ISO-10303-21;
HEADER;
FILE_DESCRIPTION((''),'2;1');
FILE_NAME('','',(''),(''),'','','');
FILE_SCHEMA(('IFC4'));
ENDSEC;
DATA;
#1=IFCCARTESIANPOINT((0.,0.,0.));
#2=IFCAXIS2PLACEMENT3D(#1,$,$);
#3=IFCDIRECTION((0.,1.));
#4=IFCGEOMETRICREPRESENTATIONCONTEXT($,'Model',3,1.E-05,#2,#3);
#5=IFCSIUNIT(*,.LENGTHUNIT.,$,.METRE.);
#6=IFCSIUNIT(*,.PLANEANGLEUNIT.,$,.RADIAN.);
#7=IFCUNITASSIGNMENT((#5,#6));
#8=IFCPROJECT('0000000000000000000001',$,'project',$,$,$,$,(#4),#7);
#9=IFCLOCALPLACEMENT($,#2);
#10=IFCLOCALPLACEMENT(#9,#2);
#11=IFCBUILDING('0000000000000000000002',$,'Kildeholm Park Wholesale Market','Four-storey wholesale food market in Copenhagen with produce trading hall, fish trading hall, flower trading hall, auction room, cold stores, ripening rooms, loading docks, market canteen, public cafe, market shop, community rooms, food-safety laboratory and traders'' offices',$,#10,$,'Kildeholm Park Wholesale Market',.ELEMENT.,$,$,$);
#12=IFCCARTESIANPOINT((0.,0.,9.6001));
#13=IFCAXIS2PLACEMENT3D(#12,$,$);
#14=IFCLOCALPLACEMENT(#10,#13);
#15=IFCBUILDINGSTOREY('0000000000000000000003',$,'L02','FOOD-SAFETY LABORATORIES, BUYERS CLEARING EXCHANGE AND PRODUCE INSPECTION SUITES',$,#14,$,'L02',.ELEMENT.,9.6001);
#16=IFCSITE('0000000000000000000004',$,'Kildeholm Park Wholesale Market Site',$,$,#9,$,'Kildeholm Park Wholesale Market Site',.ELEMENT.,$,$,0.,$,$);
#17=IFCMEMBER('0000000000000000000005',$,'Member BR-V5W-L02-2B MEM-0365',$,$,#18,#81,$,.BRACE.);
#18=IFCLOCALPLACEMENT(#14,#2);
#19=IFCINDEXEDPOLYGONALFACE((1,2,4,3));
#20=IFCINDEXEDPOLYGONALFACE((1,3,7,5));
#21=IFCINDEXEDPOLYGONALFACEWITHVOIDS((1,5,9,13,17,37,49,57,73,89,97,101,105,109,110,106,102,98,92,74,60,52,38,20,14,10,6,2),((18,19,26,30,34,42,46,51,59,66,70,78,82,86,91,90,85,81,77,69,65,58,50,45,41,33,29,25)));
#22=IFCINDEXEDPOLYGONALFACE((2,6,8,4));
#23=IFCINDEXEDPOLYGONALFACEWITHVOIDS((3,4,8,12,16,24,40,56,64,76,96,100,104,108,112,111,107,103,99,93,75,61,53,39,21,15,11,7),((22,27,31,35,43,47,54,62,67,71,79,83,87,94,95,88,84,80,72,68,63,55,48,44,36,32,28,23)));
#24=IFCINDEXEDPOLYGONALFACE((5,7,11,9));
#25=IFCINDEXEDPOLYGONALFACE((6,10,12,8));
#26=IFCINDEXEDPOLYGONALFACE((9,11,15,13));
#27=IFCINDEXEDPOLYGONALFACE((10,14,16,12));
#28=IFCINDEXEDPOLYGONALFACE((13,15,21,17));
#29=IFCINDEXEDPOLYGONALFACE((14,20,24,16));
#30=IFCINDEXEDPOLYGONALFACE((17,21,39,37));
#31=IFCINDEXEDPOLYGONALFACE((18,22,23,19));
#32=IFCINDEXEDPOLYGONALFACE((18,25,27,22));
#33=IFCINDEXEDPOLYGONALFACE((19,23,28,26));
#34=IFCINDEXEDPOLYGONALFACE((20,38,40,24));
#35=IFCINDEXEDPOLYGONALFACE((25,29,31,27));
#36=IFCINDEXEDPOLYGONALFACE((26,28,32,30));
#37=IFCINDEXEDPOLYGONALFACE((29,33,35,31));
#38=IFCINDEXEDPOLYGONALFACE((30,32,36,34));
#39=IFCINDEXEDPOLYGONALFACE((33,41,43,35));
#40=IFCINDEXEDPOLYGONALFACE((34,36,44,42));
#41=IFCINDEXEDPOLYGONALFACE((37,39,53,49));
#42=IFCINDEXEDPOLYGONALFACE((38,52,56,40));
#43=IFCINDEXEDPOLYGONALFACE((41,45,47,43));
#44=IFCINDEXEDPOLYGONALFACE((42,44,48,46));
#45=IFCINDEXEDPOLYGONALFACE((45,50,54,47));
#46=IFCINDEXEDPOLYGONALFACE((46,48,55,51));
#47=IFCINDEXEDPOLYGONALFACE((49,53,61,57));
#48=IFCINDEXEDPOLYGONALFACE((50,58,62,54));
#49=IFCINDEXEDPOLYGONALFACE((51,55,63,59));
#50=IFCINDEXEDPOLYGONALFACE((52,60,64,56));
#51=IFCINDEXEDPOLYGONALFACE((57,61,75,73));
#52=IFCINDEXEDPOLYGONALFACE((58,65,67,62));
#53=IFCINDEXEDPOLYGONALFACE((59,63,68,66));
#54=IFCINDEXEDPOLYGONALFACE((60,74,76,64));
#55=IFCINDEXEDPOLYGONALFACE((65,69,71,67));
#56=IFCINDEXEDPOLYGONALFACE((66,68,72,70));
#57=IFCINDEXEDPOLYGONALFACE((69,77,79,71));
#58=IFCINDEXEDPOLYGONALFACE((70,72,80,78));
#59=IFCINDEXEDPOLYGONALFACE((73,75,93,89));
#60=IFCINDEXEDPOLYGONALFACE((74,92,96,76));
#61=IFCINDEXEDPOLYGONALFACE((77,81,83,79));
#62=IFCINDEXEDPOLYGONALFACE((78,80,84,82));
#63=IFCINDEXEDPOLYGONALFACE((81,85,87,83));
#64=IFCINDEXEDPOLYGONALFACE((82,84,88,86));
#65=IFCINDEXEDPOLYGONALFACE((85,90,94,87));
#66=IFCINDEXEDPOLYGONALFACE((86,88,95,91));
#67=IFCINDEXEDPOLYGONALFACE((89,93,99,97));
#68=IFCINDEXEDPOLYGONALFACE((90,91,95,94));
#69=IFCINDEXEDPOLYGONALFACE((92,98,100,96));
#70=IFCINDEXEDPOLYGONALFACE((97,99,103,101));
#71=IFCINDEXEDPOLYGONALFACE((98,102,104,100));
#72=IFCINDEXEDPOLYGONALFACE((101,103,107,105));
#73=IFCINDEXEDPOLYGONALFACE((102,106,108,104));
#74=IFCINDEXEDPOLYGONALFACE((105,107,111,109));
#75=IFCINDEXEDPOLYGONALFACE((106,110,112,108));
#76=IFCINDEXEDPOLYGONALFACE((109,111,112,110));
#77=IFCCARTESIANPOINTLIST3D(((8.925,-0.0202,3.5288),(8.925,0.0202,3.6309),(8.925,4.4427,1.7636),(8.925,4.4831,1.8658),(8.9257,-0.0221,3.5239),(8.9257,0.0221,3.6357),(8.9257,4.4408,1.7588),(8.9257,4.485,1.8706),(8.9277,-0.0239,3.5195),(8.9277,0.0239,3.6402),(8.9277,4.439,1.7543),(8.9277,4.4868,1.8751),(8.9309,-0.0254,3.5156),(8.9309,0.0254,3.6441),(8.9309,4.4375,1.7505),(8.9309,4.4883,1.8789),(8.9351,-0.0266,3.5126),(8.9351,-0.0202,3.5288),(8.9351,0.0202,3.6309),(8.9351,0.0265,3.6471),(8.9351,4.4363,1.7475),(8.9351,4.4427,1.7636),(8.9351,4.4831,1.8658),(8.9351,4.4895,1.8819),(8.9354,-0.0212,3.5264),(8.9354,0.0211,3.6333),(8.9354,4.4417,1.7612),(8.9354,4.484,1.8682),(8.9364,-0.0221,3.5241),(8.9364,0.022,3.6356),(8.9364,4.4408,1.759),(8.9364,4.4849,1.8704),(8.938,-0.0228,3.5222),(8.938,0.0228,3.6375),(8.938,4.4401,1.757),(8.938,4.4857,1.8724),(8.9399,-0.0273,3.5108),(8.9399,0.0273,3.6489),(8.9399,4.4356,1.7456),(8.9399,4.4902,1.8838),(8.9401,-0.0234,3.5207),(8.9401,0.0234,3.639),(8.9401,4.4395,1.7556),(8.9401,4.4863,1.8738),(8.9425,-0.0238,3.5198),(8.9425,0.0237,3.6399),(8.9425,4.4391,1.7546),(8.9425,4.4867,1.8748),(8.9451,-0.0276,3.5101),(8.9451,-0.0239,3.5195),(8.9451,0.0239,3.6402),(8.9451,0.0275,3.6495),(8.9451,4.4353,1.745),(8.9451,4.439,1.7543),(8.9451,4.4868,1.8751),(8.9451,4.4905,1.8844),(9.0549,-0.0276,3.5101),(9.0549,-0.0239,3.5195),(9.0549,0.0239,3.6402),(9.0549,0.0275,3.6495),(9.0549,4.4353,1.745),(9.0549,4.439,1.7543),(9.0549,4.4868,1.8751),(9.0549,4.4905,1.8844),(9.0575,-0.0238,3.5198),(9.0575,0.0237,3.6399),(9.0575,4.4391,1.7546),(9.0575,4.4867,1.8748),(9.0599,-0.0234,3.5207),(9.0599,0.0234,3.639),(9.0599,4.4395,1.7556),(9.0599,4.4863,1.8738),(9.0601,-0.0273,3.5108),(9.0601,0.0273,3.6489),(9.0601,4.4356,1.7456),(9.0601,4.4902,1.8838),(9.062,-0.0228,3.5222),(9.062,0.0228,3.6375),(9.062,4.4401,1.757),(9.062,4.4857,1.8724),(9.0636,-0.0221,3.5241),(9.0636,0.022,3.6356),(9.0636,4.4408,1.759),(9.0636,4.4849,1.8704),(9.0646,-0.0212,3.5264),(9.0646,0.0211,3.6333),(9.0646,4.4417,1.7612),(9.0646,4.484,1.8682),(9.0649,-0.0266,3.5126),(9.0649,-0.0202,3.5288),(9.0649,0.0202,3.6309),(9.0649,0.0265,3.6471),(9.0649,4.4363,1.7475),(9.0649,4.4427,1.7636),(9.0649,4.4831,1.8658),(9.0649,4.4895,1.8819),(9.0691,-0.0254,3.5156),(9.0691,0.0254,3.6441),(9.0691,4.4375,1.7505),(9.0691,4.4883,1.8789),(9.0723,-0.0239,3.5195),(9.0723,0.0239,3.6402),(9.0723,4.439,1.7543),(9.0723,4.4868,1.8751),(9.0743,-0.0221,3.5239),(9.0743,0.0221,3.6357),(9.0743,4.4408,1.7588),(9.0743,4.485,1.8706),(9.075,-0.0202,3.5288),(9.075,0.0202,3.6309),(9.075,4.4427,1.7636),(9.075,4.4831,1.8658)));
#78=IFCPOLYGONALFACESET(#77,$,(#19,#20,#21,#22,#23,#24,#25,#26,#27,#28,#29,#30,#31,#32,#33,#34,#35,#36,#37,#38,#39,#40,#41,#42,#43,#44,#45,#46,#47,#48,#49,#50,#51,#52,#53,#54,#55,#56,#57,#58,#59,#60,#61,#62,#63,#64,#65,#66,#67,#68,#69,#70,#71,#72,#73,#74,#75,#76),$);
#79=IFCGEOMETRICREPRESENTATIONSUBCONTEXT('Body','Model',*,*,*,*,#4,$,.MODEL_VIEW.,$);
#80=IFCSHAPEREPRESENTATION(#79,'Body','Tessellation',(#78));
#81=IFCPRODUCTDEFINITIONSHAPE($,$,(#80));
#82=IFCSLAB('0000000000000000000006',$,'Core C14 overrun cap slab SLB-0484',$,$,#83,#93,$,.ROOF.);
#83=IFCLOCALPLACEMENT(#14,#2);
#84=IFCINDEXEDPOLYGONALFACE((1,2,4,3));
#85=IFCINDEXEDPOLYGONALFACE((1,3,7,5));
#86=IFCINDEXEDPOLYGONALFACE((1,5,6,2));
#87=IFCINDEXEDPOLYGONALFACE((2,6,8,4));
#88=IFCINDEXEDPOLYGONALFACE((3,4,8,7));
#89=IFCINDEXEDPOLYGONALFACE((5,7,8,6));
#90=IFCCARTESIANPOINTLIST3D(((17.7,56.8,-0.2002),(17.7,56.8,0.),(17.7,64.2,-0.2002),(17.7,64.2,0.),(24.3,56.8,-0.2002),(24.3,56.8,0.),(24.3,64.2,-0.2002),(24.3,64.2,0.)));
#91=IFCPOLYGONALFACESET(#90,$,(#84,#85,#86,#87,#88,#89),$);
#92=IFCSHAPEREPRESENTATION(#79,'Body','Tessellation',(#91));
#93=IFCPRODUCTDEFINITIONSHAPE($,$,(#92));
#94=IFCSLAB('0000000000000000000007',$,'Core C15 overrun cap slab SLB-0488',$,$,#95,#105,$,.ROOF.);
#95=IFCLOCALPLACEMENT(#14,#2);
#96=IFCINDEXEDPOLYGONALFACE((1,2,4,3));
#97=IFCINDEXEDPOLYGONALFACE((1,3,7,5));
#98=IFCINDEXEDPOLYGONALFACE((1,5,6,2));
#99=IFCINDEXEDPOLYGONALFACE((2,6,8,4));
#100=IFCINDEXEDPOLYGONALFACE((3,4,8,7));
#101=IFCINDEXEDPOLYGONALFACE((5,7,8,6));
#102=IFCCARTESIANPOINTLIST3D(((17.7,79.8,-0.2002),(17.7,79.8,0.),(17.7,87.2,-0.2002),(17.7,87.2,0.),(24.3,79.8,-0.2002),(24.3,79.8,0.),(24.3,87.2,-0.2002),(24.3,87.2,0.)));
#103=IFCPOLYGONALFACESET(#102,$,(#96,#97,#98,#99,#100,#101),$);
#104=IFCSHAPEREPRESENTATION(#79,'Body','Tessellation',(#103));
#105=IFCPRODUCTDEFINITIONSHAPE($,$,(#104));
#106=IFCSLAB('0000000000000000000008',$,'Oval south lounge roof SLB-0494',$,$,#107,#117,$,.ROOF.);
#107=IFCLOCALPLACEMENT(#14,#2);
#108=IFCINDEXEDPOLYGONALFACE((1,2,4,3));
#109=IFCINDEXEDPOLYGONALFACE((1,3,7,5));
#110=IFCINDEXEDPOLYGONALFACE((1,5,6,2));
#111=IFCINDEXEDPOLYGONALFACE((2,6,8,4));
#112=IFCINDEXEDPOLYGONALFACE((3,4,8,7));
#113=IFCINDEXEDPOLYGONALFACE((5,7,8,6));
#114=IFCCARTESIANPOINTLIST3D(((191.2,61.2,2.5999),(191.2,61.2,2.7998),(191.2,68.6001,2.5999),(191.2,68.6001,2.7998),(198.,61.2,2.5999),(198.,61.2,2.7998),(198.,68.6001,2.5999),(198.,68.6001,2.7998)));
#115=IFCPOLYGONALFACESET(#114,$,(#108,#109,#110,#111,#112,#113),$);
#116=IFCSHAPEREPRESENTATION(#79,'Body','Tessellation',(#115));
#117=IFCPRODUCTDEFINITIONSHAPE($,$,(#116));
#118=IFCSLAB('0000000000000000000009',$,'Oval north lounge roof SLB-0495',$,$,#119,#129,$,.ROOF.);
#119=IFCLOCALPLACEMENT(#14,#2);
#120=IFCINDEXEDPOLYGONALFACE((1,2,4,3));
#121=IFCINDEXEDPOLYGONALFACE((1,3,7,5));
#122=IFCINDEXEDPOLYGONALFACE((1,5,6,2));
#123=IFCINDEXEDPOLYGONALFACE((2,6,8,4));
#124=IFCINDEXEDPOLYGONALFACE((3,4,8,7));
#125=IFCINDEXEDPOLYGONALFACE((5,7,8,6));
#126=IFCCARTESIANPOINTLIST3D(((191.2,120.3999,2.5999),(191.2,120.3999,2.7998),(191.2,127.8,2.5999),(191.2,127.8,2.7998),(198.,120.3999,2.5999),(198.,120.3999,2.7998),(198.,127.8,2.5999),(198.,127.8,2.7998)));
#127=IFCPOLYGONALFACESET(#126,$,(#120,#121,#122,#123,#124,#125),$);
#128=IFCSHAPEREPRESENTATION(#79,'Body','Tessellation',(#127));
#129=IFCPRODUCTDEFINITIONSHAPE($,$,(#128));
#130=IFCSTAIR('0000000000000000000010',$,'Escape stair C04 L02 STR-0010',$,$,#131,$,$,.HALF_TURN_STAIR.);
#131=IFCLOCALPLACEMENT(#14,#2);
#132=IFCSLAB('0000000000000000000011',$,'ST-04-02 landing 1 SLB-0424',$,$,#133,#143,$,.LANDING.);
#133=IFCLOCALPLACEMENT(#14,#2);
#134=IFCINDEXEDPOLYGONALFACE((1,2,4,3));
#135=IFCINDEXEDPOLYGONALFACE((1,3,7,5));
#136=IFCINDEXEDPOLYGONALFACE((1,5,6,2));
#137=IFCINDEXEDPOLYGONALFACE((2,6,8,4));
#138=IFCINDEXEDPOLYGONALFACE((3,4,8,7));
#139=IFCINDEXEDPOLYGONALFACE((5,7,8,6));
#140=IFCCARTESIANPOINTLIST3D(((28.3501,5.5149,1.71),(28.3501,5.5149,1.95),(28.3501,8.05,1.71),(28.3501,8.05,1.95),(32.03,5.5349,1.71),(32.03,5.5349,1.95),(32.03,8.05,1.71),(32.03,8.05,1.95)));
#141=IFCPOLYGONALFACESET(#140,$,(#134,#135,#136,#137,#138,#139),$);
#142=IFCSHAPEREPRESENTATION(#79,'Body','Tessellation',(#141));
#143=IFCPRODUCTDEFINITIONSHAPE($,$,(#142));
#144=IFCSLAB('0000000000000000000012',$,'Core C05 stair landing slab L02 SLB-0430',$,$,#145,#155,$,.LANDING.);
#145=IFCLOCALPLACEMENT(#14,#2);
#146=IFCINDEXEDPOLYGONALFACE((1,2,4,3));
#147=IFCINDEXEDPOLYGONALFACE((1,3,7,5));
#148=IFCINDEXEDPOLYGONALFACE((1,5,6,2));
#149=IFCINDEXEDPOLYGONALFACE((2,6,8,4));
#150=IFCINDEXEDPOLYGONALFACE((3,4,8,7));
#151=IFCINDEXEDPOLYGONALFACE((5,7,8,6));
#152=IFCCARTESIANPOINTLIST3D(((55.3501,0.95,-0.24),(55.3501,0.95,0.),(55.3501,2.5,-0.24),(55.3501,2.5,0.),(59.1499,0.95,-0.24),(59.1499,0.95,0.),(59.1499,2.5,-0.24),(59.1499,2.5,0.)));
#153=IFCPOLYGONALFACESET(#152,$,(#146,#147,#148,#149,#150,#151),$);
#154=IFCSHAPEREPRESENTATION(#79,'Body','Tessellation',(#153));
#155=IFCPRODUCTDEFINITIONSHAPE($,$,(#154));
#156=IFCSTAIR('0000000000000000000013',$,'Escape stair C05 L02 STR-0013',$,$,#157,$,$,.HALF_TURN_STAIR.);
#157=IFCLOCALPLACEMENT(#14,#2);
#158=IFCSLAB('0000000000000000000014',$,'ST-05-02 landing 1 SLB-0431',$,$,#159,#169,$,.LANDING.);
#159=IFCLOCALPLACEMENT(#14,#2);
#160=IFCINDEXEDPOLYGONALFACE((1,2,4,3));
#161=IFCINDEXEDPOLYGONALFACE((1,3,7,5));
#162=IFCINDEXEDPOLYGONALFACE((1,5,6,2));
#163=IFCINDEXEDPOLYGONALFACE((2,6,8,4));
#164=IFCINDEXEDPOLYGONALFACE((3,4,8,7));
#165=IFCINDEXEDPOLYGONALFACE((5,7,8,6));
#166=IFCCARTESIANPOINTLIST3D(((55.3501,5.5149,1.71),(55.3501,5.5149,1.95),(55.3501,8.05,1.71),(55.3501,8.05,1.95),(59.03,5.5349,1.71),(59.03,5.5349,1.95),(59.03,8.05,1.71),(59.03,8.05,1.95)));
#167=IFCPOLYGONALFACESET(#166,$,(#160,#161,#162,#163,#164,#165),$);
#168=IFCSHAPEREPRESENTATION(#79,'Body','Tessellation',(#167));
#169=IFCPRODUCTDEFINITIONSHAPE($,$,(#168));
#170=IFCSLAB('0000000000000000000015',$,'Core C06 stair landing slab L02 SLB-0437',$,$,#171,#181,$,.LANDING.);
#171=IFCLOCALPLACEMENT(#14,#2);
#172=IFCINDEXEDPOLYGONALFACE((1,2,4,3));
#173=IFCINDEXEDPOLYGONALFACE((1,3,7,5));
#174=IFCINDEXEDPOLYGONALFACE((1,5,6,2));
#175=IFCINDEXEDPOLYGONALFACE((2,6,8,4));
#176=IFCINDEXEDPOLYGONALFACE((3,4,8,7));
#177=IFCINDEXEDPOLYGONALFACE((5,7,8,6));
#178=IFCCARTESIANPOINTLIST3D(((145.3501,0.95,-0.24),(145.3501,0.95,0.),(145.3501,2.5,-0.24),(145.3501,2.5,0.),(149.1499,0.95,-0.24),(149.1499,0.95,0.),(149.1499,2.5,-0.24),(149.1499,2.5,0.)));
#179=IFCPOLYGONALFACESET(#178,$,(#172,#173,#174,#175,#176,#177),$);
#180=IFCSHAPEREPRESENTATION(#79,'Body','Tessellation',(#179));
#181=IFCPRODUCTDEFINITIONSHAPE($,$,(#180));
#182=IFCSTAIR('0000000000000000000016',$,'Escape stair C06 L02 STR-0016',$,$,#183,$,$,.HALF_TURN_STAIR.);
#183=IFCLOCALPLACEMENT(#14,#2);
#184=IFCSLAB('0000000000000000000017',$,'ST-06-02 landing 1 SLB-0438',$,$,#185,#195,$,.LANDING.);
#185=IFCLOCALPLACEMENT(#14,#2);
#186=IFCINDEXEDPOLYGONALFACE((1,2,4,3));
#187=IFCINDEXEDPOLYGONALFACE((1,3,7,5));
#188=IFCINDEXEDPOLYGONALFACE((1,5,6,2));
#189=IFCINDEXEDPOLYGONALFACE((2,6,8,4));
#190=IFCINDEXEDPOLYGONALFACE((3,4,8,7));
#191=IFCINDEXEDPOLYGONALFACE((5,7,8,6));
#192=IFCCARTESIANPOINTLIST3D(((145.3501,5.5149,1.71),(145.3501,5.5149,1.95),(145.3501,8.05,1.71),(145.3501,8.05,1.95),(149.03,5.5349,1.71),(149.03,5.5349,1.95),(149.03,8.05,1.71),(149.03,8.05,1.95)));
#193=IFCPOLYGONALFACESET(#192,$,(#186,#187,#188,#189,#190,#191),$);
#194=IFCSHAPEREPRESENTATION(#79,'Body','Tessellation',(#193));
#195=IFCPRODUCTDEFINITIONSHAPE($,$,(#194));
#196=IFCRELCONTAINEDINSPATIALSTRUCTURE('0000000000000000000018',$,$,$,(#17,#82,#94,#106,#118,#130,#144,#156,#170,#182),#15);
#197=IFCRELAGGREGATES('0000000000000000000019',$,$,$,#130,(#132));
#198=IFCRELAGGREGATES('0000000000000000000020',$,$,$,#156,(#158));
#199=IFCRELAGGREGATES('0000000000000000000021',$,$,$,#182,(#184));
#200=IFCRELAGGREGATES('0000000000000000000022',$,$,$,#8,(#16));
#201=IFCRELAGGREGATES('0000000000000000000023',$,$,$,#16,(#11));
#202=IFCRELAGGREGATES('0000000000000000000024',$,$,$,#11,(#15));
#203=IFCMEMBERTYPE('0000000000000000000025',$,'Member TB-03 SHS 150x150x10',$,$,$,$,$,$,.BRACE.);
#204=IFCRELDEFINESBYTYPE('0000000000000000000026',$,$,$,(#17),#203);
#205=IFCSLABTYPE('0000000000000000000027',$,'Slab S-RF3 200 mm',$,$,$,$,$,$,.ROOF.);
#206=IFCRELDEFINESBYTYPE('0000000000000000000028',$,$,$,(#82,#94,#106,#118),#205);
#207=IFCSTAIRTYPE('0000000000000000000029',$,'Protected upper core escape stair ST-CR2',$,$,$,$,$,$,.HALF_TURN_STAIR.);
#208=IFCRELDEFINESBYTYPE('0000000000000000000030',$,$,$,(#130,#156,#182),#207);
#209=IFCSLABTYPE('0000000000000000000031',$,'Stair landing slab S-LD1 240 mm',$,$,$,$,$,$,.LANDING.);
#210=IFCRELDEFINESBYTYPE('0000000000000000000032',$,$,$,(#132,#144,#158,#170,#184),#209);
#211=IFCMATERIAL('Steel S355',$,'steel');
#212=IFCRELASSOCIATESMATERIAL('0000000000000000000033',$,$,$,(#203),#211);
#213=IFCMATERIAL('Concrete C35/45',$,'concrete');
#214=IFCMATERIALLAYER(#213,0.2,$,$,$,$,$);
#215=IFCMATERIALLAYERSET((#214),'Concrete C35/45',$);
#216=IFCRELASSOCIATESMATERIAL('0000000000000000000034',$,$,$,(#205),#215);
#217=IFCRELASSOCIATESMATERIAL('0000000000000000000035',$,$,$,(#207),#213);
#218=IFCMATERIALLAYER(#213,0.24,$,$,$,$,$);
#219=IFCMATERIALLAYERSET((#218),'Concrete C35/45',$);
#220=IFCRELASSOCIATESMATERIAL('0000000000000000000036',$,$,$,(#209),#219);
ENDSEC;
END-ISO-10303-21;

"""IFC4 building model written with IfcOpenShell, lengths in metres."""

from ifc_helpers import new_model, si_unit, direction, frame, origin, origin_2d, place, context, subcontext, project, spatial, polyline, hollow_rectangle, outline, extrude, material, layer, layer_set, material_profile, profile_set, type_object, element, aggregate, save


model = new_model("IFC4")

# Units and contexts
model_context = context("Model", 3, precision=1e-05, world=origin(), true_north=direction((0.0, 1.0)))
body_context = subcontext(model_context, "Body", "Model", "MODEL_VIEW")
ifc_project = project(units=[si_unit("LENGTHUNIT", "METRE"), si_unit("PLANEANGLEUNIT", "RADIAN")], contexts=[model_context])

# Site, building, storey
site_placement = place(None, origin())
site = spatial("IfcSite", under=ifc_project, at=site_placement, Name="Kildeholm Park Wholesale Market Site", LongName="Kildeholm Park Wholesale Market Site", CompositionType="ELEMENT", RefElevation=0.0)
building_placement = place(site_placement, origin())
building = spatial("IfcBuilding", under=site, at=building_placement, Name="Kildeholm Park Wholesale Market", Description="Four-storey wholesale food market in Copenhagen with produce trading hall, fish trading hall, flower trading hall, auction room, cold stores, ripening rooms, loading docks, market canteen, public cafe, market shop, community rooms, food-safety laboratory and traders' offices", LongName="Kildeholm Park Wholesale Market", CompositionType="ELEMENT")
storey_placement = place(building_placement, frame((0.0, 0.0, 9.6001)))
storey = spatial("IfcBuildingStorey", under=building, at=storey_placement, Name="L02", Description="FOOD-SAFETY LABORATORIES, BUYERS CLEARING EXCHANGE AND PRODUCE INSPECTION SUITES", LongName="L02", CompositionType="ELEMENT", Elevation=9.6001)

# Shared definitions
ifc_material_1 = material(Name="Steel S355", Category="steel")

# Member
ifc_material_profile_1 = material_profile(ifc_material_1, hollow_rectangle(XDim=0.1499, YDim=0.1499, WallThickness=0.01, InnerFilletRadius=0.01, OuterFilletRadius=0.02, at=origin_2d()), Name="SHS 150x150x10")
ifc_profile_set_1 = profile_set([ifc_material_profile_1], Name="Steel S355")
member_type = type_object("IfcMemberType", Name="Member TB-03 SHS 150x150x10", PredefinedType="BRACE", material=ifc_profile_set_1)
member_1_placement = place(storey_placement, frame((9.0, 4.4629, 1.8147), z_axis=(0.0, -0.929908, 0.367792), x_axis=(1.0, 0.0, 0.0)))
element("IfcMember", 1, at=member_1_placement, inside=storey, type_object=member_type, Name="Member BR-V5W-L02-2B MEM-0365", PredefinedType="BRACE", context=body_context, shape_type="SweptSolid", body=[
    extrude(hollow_rectangle(XDim=0.1499, YDim=0.1499, WallThickness=0.01, InnerFilletRadius=0.01, OuterFilletRadius=0.02, at=origin_2d()), origin(), (0.0, 0.0, 1.0), 4.7993),
])

# Slabs
ifc_material_2 = material(Name="Concrete C35/45", Category="concrete")
ifc_layer_1 = layer(ifc_material_2, 0.2)
ifc_layer_set_1 = layer_set([ifc_layer_1], Name="Concrete C35/45")
slab_type_1 = type_object("IfcSlabType", Name="Slab S-RF3 200 mm", PredefinedType="ROOF", material=ifc_layer_set_1)
slab_1_placement = place(storey_placement, frame((0.0, 0.0, -0.2002)))
element("IfcSlab", 2, at=slab_1_placement, inside=storey, type_object=slab_type_1, Name="Core C14 overrun cap slab SLB-0484", PredefinedType="ROOF", context=body_context, shape_type="SweptSolid", body=[
    extrude(outline(polyline([(17.7, 64.2), (24.3, 64.2), (24.3, 56.8), (17.7, 56.8), (17.7, 64.2)])), origin(), (0.0, 0.0, 1.0), 0.2002),
])
slab_2_placement = place(storey_placement, frame((0.0, 0.0, -0.2002)))
element("IfcSlab", 3, at=slab_2_placement, inside=storey, type_object=slab_type_1, Name="Core C15 overrun cap slab SLB-0488", PredefinedType="ROOF", context=body_context, shape_type="SweptSolid", body=[
    extrude(outline(polyline([(17.7, 87.2), (24.3, 87.2), (24.3, 79.8), (17.7, 79.8), (17.7, 87.2)])), origin(), (0.0, 0.0, 1.0), 0.2002),
])
slab_3_placement = place(storey_placement, frame((0.0, 0.0, 2.5999)))
element("IfcSlab", 4, at=slab_3_placement, inside=storey, type_object=slab_type_1, Name="Oval south lounge roof SLB-0494", PredefinedType="ROOF", context=body_context, shape_type="SweptSolid", body=[
    extrude(outline(polyline([(191.2, 61.2), (198.0, 61.2), (198.0, 68.6001), (191.2, 68.6001), (191.2, 61.2)])), origin(), (0.0, 0.0, 1.0), 0.2),
])
slab_4_placement = place(storey_placement, frame((0.0, 0.0, 2.5999)))
element("IfcSlab", 5, at=slab_4_placement, inside=storey, type_object=slab_type_1, Name="Oval north lounge roof SLB-0495", PredefinedType="ROOF", context=body_context, shape_type="SweptSolid", body=[
    extrude(outline(polyline([(191.2, 120.3999), (198.0, 120.3999), (198.0, 127.8), (191.2, 127.8), (191.2, 120.3999)])), origin(), (0.0, 0.0, 1.0), 0.2),
])

# Stair, slab
stair_type = type_object("IfcStairType", Name="Protected upper core escape stair ST-CR2", PredefinedType="HALF_TURN_STAIR", material=ifc_material_2)
stair_1_placement = place(storey_placement, origin())
stair_1 = element("IfcStair", 6, at=stair_1_placement, inside=storey, type_object=stair_type, Name="Escape stair C04 L02 STR-0010", PredefinedType="HALF_TURN_STAIR")
ifc_layer_2 = layer(ifc_material_2, 0.24)
ifc_layer_set_2 = layer_set([ifc_layer_2], Name="Concrete C35/45")
slab_type_2 = type_object("IfcSlabType", Name="Stair landing slab S-LD1 240 mm", PredefinedType="LANDING", material=ifc_layer_set_2)
slab_5_placement = place(storey_placement, frame((0.0, 0.0, 1.71)))
slab_5 = element("IfcSlab", 7, at=slab_5_placement, type_object=slab_type_2, Name="ST-04-02 landing 1 SLB-0424", PredefinedType="LANDING", context=body_context, shape_type="SweptSolid", body=[
    extrude(outline(polyline([(28.3501, 5.5149), (32.03, 5.5349), (32.03, 8.05), (28.3501, 8.05), (28.3501, 5.5149)])), origin(), (0.0, 0.0, 1.0), 0.24),
])
aggregate(stair_1, [slab_5])

# Slab
slab_6_placement = place(storey_placement, frame((0.0, 0.0, -0.24)))
element("IfcSlab", 8, at=slab_6_placement, inside=storey, type_object=slab_type_2, Name="Core C05 stair landing slab L02 SLB-0430", PredefinedType="LANDING", context=body_context, shape_type="SweptSolid", body=[
    extrude(outline(polyline([(55.3501, 0.95), (59.1499, 0.95), (59.1499, 2.5), (55.3501, 2.5), (55.3501, 0.95)])), origin(), (0.0, 0.0, 1.0), 0.24),
])

# Stair, slab
stair_2_placement = place(storey_placement, origin())
stair_2 = element("IfcStair", 9, at=stair_2_placement, inside=storey, type_object=stair_type, Name="Escape stair C05 L02 STR-0013", PredefinedType="HALF_TURN_STAIR")
slab_7_placement = place(storey_placement, frame((0.0, 0.0, 1.71)))
slab_7 = element("IfcSlab", 10, at=slab_7_placement, type_object=slab_type_2, Name="ST-05-02 landing 1 SLB-0431", PredefinedType="LANDING", context=body_context, shape_type="SweptSolid", body=[
    extrude(outline(polyline([(55.3501, 5.5149), (59.03, 5.5349), (59.03, 8.05), (55.3501, 8.05), (55.3501, 5.5149)])), origin(), (0.0, 0.0, 1.0), 0.24),
])
aggregate(stair_2, [slab_7])

# Slab
slab_8_placement = place(storey_placement, frame((0.0, 0.0, -0.24)))
element("IfcSlab", 11, at=slab_8_placement, inside=storey, type_object=slab_type_2, Name="Core C06 stair landing slab L02 SLB-0437", PredefinedType="LANDING", context=body_context, shape_type="SweptSolid", body=[
    extrude(outline(polyline([(145.3501, 0.95), (149.1499, 0.95), (149.1499, 2.5), (145.3501, 2.5), (145.3501, 0.95)])), origin(), (0.0, 0.0, 1.0), 0.24),
])

# Stair, slab
stair_3_placement = place(storey_placement, origin())
stair_3 = element("IfcStair", 12, at=stair_3_placement, inside=storey, type_object=stair_type, Name="Escape stair C06 L02 STR-0016", PredefinedType="HALF_TURN_STAIR")
slab_9_placement = place(storey_placement, frame((0.0, 0.0, 1.71)))
slab_9 = element("IfcSlab", 13, at=slab_9_placement, type_object=slab_type_2, Name="ST-06-02 landing 1 SLB-0438", PredefinedType="LANDING", context=body_context, shape_type="SweptSolid", body=[
    extrude(outline(polyline([(145.3501, 5.5149), (149.03, 5.5349), (149.03, 8.05), (145.3501, 8.05), (145.3501, 5.5149)])), origin(), (0.0, 0.0, 1.0), 0.24),
])
aggregate(stair_3, [slab_9])

save(model, "model.ifc")
